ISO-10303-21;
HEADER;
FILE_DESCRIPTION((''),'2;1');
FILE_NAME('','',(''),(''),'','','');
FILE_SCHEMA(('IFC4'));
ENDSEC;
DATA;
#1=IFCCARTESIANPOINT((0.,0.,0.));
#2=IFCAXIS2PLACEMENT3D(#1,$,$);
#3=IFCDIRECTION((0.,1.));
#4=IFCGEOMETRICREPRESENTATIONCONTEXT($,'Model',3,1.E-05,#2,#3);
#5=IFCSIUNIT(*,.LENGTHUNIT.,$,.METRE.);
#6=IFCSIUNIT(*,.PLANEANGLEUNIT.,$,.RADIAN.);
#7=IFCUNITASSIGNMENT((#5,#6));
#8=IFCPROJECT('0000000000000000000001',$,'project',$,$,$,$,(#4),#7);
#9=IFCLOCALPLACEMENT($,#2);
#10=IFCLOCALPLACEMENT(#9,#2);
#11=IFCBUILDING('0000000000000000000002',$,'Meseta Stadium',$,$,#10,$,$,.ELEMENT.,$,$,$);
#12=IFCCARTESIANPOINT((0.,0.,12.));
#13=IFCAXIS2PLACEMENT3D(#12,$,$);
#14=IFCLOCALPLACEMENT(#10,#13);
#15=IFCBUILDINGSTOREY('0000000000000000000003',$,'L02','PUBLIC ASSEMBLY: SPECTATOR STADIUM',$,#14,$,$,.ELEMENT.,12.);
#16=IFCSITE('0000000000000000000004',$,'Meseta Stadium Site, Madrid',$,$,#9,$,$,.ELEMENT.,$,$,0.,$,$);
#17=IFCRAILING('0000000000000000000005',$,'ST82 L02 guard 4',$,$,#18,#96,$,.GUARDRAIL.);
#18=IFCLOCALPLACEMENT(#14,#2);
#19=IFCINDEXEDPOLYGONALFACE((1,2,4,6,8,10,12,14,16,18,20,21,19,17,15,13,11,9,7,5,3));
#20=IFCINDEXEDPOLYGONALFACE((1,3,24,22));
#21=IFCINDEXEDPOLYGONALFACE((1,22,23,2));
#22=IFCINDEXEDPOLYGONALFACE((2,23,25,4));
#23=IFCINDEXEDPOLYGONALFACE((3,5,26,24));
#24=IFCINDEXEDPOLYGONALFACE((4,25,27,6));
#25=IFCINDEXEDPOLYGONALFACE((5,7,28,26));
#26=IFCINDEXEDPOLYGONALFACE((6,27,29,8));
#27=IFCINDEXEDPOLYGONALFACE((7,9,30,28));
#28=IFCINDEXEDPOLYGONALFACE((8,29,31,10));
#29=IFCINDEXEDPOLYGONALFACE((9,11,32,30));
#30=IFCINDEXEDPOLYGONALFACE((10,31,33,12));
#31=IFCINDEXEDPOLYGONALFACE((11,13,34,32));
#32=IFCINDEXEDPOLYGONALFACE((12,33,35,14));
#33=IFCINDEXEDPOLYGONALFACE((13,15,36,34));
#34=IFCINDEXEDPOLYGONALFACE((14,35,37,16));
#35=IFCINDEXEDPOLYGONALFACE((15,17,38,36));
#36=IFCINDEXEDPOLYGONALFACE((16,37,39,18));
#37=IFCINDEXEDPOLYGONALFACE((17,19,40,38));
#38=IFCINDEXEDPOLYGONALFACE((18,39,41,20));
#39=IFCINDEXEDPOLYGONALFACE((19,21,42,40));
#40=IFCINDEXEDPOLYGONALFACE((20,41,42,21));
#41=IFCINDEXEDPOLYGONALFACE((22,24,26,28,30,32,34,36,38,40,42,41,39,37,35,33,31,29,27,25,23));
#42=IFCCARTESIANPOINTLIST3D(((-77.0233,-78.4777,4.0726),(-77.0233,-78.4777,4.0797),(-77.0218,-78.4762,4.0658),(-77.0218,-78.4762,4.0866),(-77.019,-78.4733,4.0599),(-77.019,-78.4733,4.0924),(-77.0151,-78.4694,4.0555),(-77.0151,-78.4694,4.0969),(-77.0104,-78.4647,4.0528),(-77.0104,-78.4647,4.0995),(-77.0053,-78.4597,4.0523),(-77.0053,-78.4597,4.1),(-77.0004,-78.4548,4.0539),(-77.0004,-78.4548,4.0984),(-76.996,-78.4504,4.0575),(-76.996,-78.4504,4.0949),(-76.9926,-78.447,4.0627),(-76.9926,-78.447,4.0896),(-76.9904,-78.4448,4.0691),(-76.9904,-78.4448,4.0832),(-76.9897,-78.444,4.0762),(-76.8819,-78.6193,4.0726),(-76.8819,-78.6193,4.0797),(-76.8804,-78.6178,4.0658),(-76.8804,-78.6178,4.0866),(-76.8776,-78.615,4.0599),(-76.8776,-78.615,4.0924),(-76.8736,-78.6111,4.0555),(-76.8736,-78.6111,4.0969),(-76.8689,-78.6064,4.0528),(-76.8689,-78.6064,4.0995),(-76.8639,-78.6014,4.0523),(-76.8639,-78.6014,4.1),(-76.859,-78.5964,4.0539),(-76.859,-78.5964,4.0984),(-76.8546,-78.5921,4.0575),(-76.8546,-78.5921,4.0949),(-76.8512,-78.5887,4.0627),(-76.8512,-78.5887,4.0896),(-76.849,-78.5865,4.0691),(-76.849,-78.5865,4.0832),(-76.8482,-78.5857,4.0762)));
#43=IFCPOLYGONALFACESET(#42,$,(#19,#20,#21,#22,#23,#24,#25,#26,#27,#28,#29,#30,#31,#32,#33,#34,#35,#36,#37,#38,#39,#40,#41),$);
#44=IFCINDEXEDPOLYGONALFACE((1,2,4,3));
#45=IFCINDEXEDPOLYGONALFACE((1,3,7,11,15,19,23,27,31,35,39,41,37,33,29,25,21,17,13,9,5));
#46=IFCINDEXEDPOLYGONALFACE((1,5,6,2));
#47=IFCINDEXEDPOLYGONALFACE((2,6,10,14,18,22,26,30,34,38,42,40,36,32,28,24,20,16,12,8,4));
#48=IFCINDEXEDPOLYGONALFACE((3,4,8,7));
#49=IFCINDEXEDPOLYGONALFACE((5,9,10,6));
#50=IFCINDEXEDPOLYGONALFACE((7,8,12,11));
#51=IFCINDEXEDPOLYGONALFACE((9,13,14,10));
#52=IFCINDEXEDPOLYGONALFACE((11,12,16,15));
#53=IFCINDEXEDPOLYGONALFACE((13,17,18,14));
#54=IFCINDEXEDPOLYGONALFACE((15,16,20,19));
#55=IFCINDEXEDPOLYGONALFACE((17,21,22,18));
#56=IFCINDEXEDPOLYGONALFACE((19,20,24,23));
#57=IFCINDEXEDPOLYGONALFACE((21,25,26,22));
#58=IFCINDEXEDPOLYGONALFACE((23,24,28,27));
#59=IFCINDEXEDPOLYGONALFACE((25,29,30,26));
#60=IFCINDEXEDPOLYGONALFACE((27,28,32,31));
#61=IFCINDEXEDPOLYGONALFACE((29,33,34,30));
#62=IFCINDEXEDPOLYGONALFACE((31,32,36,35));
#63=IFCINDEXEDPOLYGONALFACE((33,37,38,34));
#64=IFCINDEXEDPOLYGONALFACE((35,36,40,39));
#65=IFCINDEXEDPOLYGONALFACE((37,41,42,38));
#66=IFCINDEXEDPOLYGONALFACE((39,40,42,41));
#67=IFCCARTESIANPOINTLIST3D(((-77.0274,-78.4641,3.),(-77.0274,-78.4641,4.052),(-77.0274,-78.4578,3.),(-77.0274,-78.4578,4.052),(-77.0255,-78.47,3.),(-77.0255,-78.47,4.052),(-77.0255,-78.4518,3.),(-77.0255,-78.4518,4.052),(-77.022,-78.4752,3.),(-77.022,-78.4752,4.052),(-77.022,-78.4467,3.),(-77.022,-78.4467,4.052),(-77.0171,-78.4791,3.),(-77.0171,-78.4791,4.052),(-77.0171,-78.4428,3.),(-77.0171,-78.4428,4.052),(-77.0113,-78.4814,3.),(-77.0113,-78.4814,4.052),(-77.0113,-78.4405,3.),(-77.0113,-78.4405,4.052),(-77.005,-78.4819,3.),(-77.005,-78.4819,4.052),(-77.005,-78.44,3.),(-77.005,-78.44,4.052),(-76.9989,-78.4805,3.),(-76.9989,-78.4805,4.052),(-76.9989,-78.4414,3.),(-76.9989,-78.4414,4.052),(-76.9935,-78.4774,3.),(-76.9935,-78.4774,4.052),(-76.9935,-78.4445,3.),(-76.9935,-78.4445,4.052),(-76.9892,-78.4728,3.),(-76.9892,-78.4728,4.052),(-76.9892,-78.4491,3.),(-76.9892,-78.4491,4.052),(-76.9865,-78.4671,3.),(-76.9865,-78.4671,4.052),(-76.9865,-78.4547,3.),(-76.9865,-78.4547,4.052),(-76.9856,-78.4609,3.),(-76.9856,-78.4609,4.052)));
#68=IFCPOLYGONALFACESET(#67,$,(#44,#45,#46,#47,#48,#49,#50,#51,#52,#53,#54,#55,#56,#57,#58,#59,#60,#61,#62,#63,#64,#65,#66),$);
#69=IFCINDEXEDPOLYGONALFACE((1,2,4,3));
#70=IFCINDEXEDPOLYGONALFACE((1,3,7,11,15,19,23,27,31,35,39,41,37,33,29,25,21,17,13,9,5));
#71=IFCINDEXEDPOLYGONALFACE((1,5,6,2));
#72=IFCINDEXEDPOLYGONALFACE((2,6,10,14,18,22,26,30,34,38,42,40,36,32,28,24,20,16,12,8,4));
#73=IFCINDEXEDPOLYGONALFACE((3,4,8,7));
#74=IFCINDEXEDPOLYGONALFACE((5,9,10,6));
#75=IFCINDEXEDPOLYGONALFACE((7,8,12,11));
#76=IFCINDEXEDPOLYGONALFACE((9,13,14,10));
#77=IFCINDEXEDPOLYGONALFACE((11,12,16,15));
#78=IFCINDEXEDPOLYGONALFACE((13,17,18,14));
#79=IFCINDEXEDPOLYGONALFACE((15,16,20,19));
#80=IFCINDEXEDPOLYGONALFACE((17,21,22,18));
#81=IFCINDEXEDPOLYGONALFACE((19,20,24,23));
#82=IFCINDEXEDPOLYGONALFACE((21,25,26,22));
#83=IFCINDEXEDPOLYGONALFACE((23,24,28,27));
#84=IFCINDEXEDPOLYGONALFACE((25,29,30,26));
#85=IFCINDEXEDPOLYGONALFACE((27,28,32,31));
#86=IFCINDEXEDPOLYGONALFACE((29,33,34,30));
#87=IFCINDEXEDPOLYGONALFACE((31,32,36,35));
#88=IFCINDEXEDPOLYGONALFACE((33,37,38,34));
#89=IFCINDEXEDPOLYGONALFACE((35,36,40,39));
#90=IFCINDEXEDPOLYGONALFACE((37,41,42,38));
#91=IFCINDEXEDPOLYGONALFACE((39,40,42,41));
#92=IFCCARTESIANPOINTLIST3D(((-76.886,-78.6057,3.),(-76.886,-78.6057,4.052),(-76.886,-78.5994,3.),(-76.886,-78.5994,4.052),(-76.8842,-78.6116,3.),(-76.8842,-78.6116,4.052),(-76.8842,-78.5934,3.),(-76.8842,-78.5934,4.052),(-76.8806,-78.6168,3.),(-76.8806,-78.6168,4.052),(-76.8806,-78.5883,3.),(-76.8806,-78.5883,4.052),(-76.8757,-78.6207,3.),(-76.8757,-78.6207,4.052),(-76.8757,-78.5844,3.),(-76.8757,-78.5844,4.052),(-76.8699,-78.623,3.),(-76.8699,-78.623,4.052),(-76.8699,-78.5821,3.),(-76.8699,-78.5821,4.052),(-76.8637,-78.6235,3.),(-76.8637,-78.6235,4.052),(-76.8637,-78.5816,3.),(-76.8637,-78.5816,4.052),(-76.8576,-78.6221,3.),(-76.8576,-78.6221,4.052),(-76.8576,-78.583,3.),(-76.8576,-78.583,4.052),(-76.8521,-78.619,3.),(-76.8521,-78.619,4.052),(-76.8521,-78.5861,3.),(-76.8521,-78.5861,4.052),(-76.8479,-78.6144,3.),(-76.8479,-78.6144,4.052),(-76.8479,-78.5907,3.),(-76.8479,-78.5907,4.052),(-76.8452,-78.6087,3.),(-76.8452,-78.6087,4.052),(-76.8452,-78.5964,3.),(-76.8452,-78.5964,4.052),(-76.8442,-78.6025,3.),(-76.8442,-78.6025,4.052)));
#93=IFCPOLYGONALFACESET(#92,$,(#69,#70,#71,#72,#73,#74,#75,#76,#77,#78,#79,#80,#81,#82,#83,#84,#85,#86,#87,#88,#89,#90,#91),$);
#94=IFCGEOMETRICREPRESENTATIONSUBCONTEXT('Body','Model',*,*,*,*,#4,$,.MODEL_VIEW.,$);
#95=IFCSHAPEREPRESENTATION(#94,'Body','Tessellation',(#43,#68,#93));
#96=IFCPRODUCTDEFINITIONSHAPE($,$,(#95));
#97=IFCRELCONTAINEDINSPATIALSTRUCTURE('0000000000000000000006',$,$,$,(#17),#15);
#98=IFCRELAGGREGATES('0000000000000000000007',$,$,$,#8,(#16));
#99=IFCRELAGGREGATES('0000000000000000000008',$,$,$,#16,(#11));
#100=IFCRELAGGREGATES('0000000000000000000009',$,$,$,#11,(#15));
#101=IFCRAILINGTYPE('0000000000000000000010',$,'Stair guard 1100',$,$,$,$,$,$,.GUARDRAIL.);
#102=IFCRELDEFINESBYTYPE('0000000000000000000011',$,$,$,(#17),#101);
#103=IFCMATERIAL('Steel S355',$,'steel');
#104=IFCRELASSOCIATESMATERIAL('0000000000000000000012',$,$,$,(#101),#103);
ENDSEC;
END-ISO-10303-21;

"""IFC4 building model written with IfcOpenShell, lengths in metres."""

from ifc_helpers import new_model, si_unit, direction, frame, origin, origin_2d, place, context, subcontext, project, spatial, circle, extrude, material, type_object, element, save


model = new_model("IFC4")

# Units and contexts
model_context = context("Model", 3, precision=1e-05, world=origin(), true_north=direction((0.0, 1.0)))
body_context = subcontext(model_context, "Body", "Model", "MODEL_VIEW")
ifc_project = project(units=[si_unit("LENGTHUNIT", "METRE"), si_unit("PLANEANGLEUNIT", "RADIAN")], contexts=[model_context])

# Site, building, storey
site_placement = place(None, origin())
site = spatial("IfcSite", under=ifc_project, at=site_placement, Name="Meseta Stadium Site, Madrid", CompositionType="ELEMENT", RefElevation=0.0)
building_placement = place(site_placement, origin())
building = spatial("IfcBuilding", under=site, at=building_placement, Name="Meseta Stadium", CompositionType="ELEMENT")
storey_placement = place(building_placement, frame((0.0, 0.0, 12.0)))
storey = spatial("IfcBuildingStorey", under=building, at=storey_placement, Name="L02", Description="PUBLIC ASSEMBLY: SPECTATOR STADIUM", CompositionType="ELEMENT", Elevation=12.0)

# Railing
ifc_material_1 = material(Name="Steel S355", Category="steel")
railing_type_1 = type_object("IfcRailingType", Name="Stair guard 1100", PredefinedType="GUARDRAIL", material=ifc_material_1)
railing_1_placement = place(storey_placement, frame((-77.0066, -78.4609, 3.0)))
element("IfcRailing", 1, at=railing_1_placement, inside=storey, type_object=railing_type_1, Name="ST82 L02 guard 4", PredefinedType="GUARDRAIL", context=body_context, shape_type="SweptSolid", body=[
    extrude(circle(Radius=0.0239, at=origin_2d()), frame((0.0, 0.0, 1.0762), z_axis=(0.706496, -0.707717, 0.0), x_axis=(0.707717, 0.706496, 0.0)), (0.0, 0.0, 1.0), 0.2002),
    extrude(circle(Radius=0.021, at=origin_2d()), origin(), (0.0, 0.0, 1.0), 1.052),
    extrude(circle(Radius=0.021, at=origin_2d()), frame((0.1414, -0.1416, 0.0)), (0.0, 0.0, 1.0), 1.052),
])

save(model, "model.ifc")
